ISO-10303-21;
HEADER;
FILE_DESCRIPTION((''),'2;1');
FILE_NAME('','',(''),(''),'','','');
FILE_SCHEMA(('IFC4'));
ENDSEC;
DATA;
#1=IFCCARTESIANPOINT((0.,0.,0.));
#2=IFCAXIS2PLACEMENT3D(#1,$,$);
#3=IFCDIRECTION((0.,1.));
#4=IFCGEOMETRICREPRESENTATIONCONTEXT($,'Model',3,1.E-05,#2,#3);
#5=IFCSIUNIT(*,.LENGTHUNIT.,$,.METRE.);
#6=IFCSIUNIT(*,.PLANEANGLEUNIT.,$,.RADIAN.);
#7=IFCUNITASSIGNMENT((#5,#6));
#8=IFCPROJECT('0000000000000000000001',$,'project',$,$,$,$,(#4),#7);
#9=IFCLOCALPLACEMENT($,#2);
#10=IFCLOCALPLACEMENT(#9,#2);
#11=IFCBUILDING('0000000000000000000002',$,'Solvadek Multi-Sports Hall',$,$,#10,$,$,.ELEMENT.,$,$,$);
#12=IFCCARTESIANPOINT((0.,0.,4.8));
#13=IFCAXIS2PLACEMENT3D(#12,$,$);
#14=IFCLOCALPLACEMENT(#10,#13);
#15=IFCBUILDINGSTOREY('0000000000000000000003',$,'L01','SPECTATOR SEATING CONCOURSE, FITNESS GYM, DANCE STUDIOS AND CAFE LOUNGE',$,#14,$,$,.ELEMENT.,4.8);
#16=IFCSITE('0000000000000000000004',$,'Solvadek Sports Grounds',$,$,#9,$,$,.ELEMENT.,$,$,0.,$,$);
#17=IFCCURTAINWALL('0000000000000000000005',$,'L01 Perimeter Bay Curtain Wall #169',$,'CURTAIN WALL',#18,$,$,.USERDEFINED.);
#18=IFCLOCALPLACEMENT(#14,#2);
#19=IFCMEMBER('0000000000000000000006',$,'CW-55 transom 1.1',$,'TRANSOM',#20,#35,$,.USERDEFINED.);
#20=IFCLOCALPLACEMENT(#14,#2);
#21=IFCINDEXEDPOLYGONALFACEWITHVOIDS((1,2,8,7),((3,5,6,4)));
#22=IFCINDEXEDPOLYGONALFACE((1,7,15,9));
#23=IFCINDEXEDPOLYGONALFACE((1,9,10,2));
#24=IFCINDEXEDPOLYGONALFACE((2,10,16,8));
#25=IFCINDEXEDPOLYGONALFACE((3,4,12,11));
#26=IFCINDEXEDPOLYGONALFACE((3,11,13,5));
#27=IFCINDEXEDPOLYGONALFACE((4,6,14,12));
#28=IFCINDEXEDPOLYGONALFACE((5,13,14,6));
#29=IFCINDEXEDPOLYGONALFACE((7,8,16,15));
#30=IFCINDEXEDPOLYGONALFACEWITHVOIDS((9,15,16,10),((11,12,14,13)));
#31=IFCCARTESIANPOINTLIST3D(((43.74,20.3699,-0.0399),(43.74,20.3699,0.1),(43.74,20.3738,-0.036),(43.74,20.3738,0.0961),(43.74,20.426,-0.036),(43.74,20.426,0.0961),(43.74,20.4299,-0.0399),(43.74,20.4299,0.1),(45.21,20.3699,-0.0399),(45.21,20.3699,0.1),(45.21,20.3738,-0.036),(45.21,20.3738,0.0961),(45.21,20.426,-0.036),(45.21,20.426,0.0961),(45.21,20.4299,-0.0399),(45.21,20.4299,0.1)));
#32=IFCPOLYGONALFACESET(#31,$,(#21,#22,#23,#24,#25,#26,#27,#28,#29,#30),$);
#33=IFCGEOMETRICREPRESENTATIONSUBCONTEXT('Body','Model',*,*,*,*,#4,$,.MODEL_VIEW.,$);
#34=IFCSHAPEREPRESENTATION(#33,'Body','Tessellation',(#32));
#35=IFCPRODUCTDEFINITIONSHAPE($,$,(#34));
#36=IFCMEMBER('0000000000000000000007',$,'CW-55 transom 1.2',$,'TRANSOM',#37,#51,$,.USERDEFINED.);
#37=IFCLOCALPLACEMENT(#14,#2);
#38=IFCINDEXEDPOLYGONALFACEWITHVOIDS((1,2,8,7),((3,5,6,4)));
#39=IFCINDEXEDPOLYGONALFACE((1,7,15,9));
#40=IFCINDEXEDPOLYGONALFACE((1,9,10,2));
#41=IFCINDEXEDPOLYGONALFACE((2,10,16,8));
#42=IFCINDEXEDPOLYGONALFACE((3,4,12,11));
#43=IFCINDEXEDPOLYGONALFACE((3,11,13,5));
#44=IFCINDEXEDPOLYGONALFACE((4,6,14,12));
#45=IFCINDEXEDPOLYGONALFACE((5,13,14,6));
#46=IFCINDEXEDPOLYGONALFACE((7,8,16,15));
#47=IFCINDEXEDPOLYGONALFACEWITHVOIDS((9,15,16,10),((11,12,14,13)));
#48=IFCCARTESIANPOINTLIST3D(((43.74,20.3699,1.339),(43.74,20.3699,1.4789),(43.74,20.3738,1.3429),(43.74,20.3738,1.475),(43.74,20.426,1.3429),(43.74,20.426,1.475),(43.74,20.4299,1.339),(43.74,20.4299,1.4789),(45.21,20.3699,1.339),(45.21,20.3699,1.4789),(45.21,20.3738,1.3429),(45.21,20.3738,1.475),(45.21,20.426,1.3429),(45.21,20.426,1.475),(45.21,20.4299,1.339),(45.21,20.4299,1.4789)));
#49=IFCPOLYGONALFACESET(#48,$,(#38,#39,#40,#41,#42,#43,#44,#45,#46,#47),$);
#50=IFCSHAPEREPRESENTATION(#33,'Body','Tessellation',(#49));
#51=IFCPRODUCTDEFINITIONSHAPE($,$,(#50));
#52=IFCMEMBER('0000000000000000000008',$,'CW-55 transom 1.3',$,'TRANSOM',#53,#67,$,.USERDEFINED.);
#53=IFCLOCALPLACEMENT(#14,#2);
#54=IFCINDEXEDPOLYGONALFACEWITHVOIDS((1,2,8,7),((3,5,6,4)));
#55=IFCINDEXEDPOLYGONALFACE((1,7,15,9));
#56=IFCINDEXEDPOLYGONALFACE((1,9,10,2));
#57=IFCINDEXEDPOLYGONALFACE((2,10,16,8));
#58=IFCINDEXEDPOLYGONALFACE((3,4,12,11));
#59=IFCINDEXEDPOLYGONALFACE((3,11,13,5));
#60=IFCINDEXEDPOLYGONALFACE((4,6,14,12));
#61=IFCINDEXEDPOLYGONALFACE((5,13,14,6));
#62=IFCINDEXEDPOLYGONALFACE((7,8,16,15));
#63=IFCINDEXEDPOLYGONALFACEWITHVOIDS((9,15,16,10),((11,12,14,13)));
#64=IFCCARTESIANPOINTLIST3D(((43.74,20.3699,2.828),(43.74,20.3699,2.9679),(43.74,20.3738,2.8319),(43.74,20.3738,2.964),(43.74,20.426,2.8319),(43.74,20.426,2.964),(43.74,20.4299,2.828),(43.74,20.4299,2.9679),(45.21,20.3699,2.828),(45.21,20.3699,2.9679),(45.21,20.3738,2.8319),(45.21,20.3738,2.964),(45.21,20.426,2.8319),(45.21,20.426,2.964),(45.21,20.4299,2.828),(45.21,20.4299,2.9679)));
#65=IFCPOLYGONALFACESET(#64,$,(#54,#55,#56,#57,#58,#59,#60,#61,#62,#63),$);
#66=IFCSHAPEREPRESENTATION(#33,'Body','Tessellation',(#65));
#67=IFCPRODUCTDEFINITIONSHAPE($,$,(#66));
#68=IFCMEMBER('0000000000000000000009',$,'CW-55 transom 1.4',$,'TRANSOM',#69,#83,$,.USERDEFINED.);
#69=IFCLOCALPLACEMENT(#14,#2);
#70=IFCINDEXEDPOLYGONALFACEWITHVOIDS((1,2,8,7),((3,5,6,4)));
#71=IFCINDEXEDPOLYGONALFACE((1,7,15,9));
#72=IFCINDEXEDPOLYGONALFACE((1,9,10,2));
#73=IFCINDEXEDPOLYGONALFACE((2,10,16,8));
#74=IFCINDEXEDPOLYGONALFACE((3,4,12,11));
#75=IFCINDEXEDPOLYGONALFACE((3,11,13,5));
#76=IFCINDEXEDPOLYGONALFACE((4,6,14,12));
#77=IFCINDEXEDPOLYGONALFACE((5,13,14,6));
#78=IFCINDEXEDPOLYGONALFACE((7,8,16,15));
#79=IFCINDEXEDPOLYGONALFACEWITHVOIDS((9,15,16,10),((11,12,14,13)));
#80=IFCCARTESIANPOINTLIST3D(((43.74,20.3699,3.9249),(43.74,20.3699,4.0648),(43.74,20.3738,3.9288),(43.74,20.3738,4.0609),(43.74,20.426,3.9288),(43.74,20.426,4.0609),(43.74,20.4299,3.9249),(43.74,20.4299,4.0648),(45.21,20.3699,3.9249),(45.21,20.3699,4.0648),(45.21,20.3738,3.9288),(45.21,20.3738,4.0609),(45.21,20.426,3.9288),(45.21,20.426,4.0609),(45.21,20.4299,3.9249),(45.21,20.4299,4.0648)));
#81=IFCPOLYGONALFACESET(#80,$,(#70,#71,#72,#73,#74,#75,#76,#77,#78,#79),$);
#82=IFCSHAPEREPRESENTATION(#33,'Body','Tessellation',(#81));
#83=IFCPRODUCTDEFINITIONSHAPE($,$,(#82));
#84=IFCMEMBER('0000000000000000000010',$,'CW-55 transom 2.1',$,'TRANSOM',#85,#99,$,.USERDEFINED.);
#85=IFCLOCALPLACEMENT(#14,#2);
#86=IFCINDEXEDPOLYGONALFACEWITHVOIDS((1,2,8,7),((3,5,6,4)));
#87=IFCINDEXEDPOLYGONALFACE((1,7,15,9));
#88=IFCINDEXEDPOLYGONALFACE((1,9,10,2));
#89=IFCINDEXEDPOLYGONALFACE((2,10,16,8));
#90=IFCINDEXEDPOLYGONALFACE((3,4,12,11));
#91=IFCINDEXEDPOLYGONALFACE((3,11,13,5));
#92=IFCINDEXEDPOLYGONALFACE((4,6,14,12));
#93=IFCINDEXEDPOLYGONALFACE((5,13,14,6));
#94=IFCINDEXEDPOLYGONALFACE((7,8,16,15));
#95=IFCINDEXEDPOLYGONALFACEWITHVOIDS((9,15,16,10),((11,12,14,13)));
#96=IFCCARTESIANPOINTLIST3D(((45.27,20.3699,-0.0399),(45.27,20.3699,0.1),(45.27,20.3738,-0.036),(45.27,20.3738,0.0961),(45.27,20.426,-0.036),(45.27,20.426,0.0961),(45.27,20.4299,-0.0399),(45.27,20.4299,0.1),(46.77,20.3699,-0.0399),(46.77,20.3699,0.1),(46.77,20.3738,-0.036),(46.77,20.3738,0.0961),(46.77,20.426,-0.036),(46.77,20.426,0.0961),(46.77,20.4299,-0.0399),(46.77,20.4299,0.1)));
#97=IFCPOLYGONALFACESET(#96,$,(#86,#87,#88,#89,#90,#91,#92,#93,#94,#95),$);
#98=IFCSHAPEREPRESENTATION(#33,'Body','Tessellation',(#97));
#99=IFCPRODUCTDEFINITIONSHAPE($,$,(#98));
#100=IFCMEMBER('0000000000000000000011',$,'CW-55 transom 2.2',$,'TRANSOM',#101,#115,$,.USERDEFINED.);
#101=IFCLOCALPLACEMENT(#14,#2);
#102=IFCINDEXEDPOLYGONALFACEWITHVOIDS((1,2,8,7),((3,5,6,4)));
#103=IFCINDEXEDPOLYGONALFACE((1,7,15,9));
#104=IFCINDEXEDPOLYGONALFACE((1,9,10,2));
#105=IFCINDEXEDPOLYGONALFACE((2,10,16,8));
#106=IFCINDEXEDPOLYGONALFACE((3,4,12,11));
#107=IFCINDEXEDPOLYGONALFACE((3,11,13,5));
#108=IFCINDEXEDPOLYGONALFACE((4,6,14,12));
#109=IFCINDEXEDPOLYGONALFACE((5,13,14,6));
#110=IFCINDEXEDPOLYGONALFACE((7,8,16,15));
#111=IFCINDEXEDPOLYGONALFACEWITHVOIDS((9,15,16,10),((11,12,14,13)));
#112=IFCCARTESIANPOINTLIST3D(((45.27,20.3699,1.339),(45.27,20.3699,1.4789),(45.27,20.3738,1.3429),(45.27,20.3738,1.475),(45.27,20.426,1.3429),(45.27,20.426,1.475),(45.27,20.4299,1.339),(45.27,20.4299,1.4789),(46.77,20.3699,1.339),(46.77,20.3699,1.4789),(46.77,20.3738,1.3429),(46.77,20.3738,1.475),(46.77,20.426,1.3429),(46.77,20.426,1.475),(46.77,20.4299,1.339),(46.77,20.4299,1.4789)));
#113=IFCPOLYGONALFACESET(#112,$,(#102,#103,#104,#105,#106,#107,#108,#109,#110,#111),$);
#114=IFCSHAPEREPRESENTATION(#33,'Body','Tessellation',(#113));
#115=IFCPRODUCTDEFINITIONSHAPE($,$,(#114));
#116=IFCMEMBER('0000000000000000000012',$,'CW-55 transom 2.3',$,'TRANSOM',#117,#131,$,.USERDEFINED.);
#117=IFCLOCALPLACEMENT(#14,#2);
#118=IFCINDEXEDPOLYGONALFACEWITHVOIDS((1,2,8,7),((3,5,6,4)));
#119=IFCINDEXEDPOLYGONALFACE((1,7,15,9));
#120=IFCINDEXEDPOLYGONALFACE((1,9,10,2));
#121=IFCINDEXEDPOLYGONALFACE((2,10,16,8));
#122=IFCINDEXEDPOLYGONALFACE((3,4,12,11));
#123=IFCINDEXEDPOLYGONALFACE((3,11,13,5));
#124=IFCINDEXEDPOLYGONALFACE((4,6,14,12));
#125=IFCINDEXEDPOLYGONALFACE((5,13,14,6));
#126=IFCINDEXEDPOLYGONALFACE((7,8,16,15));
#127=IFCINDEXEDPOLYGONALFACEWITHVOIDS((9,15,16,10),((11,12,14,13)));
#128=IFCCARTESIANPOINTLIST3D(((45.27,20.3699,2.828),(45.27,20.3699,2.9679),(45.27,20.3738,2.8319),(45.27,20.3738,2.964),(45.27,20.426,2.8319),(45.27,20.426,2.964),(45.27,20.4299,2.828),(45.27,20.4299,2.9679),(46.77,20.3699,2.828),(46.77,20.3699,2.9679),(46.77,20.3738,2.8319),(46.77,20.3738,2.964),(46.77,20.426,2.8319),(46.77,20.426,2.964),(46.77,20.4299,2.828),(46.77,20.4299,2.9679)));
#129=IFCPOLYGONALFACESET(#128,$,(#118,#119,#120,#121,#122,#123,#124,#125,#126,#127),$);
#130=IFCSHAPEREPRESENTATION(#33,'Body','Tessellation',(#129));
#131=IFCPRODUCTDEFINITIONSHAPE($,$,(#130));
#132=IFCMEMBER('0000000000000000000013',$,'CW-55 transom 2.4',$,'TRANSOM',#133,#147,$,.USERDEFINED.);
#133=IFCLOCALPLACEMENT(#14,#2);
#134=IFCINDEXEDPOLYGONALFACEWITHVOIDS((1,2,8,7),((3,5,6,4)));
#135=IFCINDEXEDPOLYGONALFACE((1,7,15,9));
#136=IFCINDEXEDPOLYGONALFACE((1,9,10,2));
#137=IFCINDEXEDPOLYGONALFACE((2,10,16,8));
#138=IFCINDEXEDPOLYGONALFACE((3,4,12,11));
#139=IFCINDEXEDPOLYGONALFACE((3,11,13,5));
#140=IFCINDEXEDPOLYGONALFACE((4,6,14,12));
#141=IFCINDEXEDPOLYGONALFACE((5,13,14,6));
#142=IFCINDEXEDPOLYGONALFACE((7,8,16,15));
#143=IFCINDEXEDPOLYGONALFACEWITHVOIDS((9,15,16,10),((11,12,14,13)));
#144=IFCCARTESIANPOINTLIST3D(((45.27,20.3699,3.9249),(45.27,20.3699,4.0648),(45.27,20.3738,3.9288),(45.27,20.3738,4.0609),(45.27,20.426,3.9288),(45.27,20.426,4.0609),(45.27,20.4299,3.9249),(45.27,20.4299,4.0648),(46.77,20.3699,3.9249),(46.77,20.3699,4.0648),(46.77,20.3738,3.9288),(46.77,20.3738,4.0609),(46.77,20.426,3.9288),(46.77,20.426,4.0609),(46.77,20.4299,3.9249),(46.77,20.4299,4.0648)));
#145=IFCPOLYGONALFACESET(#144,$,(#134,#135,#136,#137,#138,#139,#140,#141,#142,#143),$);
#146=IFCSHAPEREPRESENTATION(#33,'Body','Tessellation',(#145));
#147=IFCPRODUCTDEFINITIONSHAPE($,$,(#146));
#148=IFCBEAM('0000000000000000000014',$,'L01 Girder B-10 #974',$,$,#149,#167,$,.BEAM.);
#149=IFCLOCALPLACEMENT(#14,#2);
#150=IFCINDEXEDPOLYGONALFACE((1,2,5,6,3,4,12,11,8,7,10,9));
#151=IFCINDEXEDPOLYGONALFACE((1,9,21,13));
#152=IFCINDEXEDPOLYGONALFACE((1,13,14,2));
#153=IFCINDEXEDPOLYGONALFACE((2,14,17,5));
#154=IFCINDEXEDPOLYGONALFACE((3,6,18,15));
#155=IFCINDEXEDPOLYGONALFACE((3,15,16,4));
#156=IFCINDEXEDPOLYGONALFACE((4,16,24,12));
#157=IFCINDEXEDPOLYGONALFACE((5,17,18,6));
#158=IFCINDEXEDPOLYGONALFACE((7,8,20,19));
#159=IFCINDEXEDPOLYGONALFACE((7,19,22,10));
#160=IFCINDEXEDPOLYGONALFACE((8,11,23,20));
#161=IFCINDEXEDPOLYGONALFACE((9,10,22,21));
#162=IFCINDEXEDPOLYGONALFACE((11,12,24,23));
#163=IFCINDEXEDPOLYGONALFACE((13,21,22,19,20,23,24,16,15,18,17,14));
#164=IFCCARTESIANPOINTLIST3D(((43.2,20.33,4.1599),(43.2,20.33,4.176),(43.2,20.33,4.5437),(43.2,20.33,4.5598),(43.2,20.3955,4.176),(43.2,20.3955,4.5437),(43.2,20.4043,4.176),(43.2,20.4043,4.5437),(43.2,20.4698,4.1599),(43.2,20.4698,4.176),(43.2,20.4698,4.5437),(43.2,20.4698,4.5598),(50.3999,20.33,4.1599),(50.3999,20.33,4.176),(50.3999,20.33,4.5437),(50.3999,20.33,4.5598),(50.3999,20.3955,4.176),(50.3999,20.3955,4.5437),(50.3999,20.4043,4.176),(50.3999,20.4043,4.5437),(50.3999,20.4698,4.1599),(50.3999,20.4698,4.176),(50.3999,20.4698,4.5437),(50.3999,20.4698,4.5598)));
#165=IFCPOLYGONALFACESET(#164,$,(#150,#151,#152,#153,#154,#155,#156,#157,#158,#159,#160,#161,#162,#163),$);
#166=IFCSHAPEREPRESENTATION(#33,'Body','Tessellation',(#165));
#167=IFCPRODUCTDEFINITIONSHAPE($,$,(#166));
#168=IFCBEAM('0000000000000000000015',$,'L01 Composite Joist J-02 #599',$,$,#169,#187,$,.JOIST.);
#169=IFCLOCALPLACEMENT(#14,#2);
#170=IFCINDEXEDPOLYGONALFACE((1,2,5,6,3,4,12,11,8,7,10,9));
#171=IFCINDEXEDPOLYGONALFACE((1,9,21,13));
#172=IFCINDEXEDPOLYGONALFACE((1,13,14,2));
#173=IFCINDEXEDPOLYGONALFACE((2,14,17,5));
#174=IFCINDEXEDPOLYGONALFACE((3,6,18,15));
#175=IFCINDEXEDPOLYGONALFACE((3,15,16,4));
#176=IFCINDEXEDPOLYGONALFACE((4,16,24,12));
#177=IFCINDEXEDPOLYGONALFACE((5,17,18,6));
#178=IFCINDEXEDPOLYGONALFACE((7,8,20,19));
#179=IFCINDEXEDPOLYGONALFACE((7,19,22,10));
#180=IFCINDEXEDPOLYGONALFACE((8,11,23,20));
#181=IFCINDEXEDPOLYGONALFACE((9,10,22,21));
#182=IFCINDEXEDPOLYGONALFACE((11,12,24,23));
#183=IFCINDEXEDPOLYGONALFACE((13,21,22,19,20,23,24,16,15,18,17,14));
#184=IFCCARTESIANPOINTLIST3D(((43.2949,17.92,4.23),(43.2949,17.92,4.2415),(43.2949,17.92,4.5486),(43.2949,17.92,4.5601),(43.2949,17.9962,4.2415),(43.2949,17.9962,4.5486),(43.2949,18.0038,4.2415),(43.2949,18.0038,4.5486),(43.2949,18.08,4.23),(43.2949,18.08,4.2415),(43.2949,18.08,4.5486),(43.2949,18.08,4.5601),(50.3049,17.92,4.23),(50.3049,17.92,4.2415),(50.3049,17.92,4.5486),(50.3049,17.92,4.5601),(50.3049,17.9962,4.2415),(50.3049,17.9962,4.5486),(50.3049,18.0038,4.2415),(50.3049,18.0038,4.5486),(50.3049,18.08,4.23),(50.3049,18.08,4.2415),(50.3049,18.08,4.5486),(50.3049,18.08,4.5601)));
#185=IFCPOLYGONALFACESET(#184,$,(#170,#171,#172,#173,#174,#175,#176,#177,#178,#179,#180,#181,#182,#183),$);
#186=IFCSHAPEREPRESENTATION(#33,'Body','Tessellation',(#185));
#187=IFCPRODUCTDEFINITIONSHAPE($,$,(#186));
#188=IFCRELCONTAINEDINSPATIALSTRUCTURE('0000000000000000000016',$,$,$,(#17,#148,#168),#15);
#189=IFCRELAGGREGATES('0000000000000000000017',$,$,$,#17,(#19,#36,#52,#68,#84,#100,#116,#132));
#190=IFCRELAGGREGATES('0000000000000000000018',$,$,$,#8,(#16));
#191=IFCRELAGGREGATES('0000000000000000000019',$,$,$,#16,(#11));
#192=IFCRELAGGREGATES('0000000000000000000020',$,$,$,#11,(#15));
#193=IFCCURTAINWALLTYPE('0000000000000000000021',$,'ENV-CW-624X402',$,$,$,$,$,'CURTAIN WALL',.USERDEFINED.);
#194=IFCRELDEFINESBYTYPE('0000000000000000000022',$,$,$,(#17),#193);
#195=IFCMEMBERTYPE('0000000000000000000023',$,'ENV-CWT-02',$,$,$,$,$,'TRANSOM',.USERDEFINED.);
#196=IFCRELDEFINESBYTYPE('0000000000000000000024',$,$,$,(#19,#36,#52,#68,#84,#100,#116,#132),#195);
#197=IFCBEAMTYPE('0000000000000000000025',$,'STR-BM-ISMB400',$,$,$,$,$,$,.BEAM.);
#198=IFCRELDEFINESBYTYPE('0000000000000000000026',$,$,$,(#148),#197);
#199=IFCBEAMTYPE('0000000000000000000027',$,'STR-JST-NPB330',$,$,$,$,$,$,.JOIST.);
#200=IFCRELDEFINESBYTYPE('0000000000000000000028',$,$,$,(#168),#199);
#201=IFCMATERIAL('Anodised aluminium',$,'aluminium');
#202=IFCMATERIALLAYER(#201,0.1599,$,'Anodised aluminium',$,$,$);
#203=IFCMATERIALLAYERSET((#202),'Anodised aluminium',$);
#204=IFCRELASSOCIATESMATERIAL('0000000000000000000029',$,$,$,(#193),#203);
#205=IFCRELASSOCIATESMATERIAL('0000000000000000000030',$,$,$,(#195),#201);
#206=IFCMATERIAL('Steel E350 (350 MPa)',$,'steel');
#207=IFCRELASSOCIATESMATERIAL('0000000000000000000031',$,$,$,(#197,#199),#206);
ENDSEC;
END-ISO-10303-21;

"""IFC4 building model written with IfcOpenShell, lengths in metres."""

from ifc_helpers import new_model, si_unit, direction, frame, origin, origin_2d, place, context, subcontext, project, spatial, hollow_rectangle, i_section, extrude, material, layer, layer_set, material_profile, profile_set, type_object, element, aggregate, save


model = new_model("IFC4")

# Units and contexts
model_context = context("Model", 3, precision=1e-05, world=origin(), true_north=direction((0.0, 1.0)))
body_context = subcontext(model_context, "Body", "Model", "MODEL_VIEW")
ifc_project = project(units=[si_unit("LENGTHUNIT", "METRE"), si_unit("PLANEANGLEUNIT", "RADIAN")], contexts=[model_context])

# Site, building, storey
site_placement = place(None, origin())
site = spatial("IfcSite", under=ifc_project, at=site_placement, Name="Solvadek Sports Grounds", CompositionType="ELEMENT", RefElevation=0.0)
building_placement = place(site_placement, origin())
building = spatial("IfcBuilding", under=site, at=building_placement, Name="Solvadek Multi-Sports Hall", CompositionType="ELEMENT")
storey_placement = place(building_placement, frame((0.0, 0.0, 4.8)))
storey = spatial("IfcBuildingStorey", under=building, at=storey_placement, Name="L01", Description="SPECTATOR SEATING CONCOURSE, FITNESS GYM, DANCE STUDIOS AND CAFE LOUNGE", CompositionType="ELEMENT", Elevation=4.8)

# Shared definitions
ifc_material_1 = material(Name="Steel E350 (350 MPa)", Category="steel")

# Curtain wall
ifc_material_2 = material(Name="Anodised aluminium", Category="aluminium")
ifc_layer_1 = layer(ifc_material_2, 0.1599, Name="Anodised aluminium")
ifc_layer_set_1 = layer_set([ifc_layer_1], Name="Anodised aluminium")
curtain_wall_type_1 = type_object("IfcCurtainWallType", Name="ENV-CW-624X402", ElementType="CURTAIN WALL", PredefinedType="USERDEFINED", material=ifc_layer_set_1)
curtain_wall_1_placement = place(storey_placement, origin())
curtain_wall_1 = element("IfcCurtainWall", 1, at=curtain_wall_1_placement, inside=storey, type_object=curtain_wall_type_1, Name="L01 Perimeter Bay Curtain Wall #169", ObjectType="CURTAIN WALL", PredefinedType="USERDEFINED")

# Members
ifc_material_profile_1 = material_profile(ifc_material_2, hollow_rectangle(XDim=0.0601, YDim=0.1399, WallThickness=0.0039, at=origin_2d()), Name="ALU-T 140x60x4")
ifc_profile_set_1 = profile_set([ifc_material_profile_1], Name="Anodised aluminium")
member_type_1 = type_object("IfcMemberType", Name="ENV-CWT-02", ElementType="TRANSOM", PredefinedType="USERDEFINED", material=ifc_profile_set_1)
member_1_placement = place(storey_placement, frame((43.74, 20.3999, 0.03), z_axis=(1.0, 0.0, 0.0), x_axis=(0.0, 1.0, 0.0)))
member_1 = element("IfcMember", 2, at=member_1_placement, type_object=member_type_1, Name="CW-55 transom 1.1", ObjectType="TRANSOM", PredefinedType="USERDEFINED", context=body_context, shape_type="SweptSolid", body=[
    extrude(hollow_rectangle(XDim=0.0601, YDim=0.1399, WallThickness=0.0039, at=origin_2d()), origin(), (0.0, 0.0, 1.0), 1.47),
])
member_2_placement = place(storey_placement, frame((43.74, 20.3999, 1.4089), z_axis=(1.0, 0.0, 0.0), x_axis=(0.0, 1.0, 0.0)))
member_2 = element("IfcMember", 3, at=member_2_placement, type_object=member_type_1, Name="CW-55 transom 1.2", ObjectType="TRANSOM", PredefinedType="USERDEFINED", context=body_context, shape_type="SweptSolid", body=[
    extrude(hollow_rectangle(XDim=0.0601, YDim=0.1399, WallThickness=0.0039, at=origin_2d()), origin(), (0.0, 0.0, 1.0), 1.47),
])
member_3_placement = place(storey_placement, frame((43.74, 20.3999, 2.8979), z_axis=(1.0, 0.0, 0.0), x_axis=(0.0, 1.0, 0.0)))
member_3 = element("IfcMember", 4, at=member_3_placement, type_object=member_type_1, Name="CW-55 transom 1.3", ObjectType="TRANSOM", PredefinedType="USERDEFINED", context=body_context, shape_type="SweptSolid", body=[
    extrude(hollow_rectangle(XDim=0.0601, YDim=0.1399, WallThickness=0.0039, at=origin_2d()), origin(), (0.0, 0.0, 1.0), 1.47),
])
member_4_placement = place(storey_placement, frame((43.74, 20.3999, 3.9949), z_axis=(1.0, 0.0, 0.0), x_axis=(0.0, 1.0, 0.0)))
member_4 = element("IfcMember", 5, at=member_4_placement, type_object=member_type_1, Name="CW-55 transom 1.4", ObjectType="TRANSOM", PredefinedType="USERDEFINED", context=body_context, shape_type="SweptSolid", body=[
    extrude(hollow_rectangle(XDim=0.0601, YDim=0.1399, WallThickness=0.0039, at=origin_2d()), origin(), (0.0, 0.0, 1.0), 1.47),
])
member_5_placement = place(storey_placement, frame((45.27, 20.3999, 0.03), z_axis=(1.0, 0.0, 0.0), x_axis=(0.0, 1.0, 0.0)))
member_5 = element("IfcMember", 6, at=member_5_placement, type_object=member_type_1, Name="CW-55 transom 2.1", ObjectType="TRANSOM", PredefinedType="USERDEFINED", context=body_context, shape_type="SweptSolid", body=[
    extrude(hollow_rectangle(XDim=0.0601, YDim=0.1399, WallThickness=0.0039, at=origin_2d()), origin(), (0.0, 0.0, 1.0), 1.5),
])
member_6_placement = place(storey_placement, frame((45.27, 20.3999, 1.4089), z_axis=(1.0, 0.0, 0.0), x_axis=(0.0, 1.0, 0.0)))
member_6 = element("IfcMember", 7, at=member_6_placement, type_object=member_type_1, Name="CW-55 transom 2.2", ObjectType="TRANSOM", PredefinedType="USERDEFINED", context=body_context, shape_type="SweptSolid", body=[
    extrude(hollow_rectangle(XDim=0.0601, YDim=0.1399, WallThickness=0.0039, at=origin_2d()), origin(), (0.0, 0.0, 1.0), 1.5),
])
member_7_placement = place(storey_placement, frame((45.27, 20.3999, 2.8979), z_axis=(1.0, 0.0, 0.0), x_axis=(0.0, 1.0, 0.0)))
member_7 = element("IfcMember", 8, at=member_7_placement, type_object=member_type_1, Name="CW-55 transom 2.3", ObjectType="TRANSOM", PredefinedType="USERDEFINED", context=body_context, shape_type="SweptSolid", body=[
    extrude(hollow_rectangle(XDim=0.0601, YDim=0.1399, WallThickness=0.0039, at=origin_2d()), origin(), (0.0, 0.0, 1.0), 1.5),
])
member_8_placement = place(storey_placement, frame((45.27, 20.3999, 3.9949), z_axis=(1.0, 0.0, 0.0), x_axis=(0.0, 1.0, 0.0)))
member_8 = element("IfcMember", 9, at=member_8_placement, type_object=member_type_1, Name="CW-55 transom 2.4", ObjectType="TRANSOM", PredefinedType="USERDEFINED", context=body_context, shape_type="SweptSolid", body=[
    extrude(hollow_rectangle(XDim=0.0601, YDim=0.1399, WallThickness=0.0039, at=origin_2d()), origin(), (0.0, 0.0, 1.0), 1.5),
])

# Beams
ifc_material_profile_2 = material_profile(ifc_material_1, i_section(OverallWidth=0.1399, OverallDepth=0.3999, WebThickness=0.0088, FlangeThickness=0.0161, at=origin_2d()), Name="ISMB 400")
ifc_profile_set_2 = profile_set([ifc_material_profile_2], Name="Steel E350 (350 MPa)")
beam_type_1 = type_object("IfcBeamType", Name="STR-BM-ISMB400", PredefinedType="BEAM", material=ifc_profile_set_2)
beam_1_placement = place(storey_placement, frame((43.2, 20.3999, 4.3599), z_axis=(1.0, 0.0, 0.0), x_axis=(0.0, 1.0, 0.0)))
element("IfcBeam", 10, at=beam_1_placement, inside=storey, type_object=beam_type_1, Name="L01 Girder B-10 #974", PredefinedType="BEAM", context=body_context, shape_type="SweptSolid", body=[
    extrude(i_section(OverallWidth=0.1399, OverallDepth=0.3999, WebThickness=0.0088, FlangeThickness=0.0161, at=origin_2d()), origin(), (0.0, 0.0, 1.0), 7.2),
])
ifc_material_profile_3 = material_profile(ifc_material_1, i_section(OverallWidth=0.1599, OverallDepth=0.3301, WebThickness=0.0076, FlangeThickness=0.0115, at=origin_2d()), Name="NPB 330")
ifc_profile_set_3 = profile_set([ifc_material_profile_3], Name="Steel E350 (350 MPa)")
beam_type_2 = type_object("IfcBeamType", Name="STR-JST-NPB330", PredefinedType="JOIST", material=ifc_profile_set_3)
beam_2_placement = place(storey_placement, frame((43.2949, 18.0, 4.395), z_axis=(1.0, 0.0, 0.0), x_axis=(0.0, 1.0, 0.0)))
element("IfcBeam", 11, at=beam_2_placement, inside=storey, type_object=beam_type_2, Name="L01 Composite Joist J-02 #599", PredefinedType="JOIST", context=body_context, shape_type="SweptSolid", body=[
    extrude(i_section(OverallWidth=0.1599, OverallDepth=0.3301, WebThickness=0.0076, FlangeThickness=0.0115, at=origin_2d()), origin(), (0.0, 0.0, 1.0), 7.01),
])

aggregate(curtain_wall_1, [member_1, member_2, member_3, member_4, member_5, member_6, member_7, member_8])

save(model, "model.ifc")
